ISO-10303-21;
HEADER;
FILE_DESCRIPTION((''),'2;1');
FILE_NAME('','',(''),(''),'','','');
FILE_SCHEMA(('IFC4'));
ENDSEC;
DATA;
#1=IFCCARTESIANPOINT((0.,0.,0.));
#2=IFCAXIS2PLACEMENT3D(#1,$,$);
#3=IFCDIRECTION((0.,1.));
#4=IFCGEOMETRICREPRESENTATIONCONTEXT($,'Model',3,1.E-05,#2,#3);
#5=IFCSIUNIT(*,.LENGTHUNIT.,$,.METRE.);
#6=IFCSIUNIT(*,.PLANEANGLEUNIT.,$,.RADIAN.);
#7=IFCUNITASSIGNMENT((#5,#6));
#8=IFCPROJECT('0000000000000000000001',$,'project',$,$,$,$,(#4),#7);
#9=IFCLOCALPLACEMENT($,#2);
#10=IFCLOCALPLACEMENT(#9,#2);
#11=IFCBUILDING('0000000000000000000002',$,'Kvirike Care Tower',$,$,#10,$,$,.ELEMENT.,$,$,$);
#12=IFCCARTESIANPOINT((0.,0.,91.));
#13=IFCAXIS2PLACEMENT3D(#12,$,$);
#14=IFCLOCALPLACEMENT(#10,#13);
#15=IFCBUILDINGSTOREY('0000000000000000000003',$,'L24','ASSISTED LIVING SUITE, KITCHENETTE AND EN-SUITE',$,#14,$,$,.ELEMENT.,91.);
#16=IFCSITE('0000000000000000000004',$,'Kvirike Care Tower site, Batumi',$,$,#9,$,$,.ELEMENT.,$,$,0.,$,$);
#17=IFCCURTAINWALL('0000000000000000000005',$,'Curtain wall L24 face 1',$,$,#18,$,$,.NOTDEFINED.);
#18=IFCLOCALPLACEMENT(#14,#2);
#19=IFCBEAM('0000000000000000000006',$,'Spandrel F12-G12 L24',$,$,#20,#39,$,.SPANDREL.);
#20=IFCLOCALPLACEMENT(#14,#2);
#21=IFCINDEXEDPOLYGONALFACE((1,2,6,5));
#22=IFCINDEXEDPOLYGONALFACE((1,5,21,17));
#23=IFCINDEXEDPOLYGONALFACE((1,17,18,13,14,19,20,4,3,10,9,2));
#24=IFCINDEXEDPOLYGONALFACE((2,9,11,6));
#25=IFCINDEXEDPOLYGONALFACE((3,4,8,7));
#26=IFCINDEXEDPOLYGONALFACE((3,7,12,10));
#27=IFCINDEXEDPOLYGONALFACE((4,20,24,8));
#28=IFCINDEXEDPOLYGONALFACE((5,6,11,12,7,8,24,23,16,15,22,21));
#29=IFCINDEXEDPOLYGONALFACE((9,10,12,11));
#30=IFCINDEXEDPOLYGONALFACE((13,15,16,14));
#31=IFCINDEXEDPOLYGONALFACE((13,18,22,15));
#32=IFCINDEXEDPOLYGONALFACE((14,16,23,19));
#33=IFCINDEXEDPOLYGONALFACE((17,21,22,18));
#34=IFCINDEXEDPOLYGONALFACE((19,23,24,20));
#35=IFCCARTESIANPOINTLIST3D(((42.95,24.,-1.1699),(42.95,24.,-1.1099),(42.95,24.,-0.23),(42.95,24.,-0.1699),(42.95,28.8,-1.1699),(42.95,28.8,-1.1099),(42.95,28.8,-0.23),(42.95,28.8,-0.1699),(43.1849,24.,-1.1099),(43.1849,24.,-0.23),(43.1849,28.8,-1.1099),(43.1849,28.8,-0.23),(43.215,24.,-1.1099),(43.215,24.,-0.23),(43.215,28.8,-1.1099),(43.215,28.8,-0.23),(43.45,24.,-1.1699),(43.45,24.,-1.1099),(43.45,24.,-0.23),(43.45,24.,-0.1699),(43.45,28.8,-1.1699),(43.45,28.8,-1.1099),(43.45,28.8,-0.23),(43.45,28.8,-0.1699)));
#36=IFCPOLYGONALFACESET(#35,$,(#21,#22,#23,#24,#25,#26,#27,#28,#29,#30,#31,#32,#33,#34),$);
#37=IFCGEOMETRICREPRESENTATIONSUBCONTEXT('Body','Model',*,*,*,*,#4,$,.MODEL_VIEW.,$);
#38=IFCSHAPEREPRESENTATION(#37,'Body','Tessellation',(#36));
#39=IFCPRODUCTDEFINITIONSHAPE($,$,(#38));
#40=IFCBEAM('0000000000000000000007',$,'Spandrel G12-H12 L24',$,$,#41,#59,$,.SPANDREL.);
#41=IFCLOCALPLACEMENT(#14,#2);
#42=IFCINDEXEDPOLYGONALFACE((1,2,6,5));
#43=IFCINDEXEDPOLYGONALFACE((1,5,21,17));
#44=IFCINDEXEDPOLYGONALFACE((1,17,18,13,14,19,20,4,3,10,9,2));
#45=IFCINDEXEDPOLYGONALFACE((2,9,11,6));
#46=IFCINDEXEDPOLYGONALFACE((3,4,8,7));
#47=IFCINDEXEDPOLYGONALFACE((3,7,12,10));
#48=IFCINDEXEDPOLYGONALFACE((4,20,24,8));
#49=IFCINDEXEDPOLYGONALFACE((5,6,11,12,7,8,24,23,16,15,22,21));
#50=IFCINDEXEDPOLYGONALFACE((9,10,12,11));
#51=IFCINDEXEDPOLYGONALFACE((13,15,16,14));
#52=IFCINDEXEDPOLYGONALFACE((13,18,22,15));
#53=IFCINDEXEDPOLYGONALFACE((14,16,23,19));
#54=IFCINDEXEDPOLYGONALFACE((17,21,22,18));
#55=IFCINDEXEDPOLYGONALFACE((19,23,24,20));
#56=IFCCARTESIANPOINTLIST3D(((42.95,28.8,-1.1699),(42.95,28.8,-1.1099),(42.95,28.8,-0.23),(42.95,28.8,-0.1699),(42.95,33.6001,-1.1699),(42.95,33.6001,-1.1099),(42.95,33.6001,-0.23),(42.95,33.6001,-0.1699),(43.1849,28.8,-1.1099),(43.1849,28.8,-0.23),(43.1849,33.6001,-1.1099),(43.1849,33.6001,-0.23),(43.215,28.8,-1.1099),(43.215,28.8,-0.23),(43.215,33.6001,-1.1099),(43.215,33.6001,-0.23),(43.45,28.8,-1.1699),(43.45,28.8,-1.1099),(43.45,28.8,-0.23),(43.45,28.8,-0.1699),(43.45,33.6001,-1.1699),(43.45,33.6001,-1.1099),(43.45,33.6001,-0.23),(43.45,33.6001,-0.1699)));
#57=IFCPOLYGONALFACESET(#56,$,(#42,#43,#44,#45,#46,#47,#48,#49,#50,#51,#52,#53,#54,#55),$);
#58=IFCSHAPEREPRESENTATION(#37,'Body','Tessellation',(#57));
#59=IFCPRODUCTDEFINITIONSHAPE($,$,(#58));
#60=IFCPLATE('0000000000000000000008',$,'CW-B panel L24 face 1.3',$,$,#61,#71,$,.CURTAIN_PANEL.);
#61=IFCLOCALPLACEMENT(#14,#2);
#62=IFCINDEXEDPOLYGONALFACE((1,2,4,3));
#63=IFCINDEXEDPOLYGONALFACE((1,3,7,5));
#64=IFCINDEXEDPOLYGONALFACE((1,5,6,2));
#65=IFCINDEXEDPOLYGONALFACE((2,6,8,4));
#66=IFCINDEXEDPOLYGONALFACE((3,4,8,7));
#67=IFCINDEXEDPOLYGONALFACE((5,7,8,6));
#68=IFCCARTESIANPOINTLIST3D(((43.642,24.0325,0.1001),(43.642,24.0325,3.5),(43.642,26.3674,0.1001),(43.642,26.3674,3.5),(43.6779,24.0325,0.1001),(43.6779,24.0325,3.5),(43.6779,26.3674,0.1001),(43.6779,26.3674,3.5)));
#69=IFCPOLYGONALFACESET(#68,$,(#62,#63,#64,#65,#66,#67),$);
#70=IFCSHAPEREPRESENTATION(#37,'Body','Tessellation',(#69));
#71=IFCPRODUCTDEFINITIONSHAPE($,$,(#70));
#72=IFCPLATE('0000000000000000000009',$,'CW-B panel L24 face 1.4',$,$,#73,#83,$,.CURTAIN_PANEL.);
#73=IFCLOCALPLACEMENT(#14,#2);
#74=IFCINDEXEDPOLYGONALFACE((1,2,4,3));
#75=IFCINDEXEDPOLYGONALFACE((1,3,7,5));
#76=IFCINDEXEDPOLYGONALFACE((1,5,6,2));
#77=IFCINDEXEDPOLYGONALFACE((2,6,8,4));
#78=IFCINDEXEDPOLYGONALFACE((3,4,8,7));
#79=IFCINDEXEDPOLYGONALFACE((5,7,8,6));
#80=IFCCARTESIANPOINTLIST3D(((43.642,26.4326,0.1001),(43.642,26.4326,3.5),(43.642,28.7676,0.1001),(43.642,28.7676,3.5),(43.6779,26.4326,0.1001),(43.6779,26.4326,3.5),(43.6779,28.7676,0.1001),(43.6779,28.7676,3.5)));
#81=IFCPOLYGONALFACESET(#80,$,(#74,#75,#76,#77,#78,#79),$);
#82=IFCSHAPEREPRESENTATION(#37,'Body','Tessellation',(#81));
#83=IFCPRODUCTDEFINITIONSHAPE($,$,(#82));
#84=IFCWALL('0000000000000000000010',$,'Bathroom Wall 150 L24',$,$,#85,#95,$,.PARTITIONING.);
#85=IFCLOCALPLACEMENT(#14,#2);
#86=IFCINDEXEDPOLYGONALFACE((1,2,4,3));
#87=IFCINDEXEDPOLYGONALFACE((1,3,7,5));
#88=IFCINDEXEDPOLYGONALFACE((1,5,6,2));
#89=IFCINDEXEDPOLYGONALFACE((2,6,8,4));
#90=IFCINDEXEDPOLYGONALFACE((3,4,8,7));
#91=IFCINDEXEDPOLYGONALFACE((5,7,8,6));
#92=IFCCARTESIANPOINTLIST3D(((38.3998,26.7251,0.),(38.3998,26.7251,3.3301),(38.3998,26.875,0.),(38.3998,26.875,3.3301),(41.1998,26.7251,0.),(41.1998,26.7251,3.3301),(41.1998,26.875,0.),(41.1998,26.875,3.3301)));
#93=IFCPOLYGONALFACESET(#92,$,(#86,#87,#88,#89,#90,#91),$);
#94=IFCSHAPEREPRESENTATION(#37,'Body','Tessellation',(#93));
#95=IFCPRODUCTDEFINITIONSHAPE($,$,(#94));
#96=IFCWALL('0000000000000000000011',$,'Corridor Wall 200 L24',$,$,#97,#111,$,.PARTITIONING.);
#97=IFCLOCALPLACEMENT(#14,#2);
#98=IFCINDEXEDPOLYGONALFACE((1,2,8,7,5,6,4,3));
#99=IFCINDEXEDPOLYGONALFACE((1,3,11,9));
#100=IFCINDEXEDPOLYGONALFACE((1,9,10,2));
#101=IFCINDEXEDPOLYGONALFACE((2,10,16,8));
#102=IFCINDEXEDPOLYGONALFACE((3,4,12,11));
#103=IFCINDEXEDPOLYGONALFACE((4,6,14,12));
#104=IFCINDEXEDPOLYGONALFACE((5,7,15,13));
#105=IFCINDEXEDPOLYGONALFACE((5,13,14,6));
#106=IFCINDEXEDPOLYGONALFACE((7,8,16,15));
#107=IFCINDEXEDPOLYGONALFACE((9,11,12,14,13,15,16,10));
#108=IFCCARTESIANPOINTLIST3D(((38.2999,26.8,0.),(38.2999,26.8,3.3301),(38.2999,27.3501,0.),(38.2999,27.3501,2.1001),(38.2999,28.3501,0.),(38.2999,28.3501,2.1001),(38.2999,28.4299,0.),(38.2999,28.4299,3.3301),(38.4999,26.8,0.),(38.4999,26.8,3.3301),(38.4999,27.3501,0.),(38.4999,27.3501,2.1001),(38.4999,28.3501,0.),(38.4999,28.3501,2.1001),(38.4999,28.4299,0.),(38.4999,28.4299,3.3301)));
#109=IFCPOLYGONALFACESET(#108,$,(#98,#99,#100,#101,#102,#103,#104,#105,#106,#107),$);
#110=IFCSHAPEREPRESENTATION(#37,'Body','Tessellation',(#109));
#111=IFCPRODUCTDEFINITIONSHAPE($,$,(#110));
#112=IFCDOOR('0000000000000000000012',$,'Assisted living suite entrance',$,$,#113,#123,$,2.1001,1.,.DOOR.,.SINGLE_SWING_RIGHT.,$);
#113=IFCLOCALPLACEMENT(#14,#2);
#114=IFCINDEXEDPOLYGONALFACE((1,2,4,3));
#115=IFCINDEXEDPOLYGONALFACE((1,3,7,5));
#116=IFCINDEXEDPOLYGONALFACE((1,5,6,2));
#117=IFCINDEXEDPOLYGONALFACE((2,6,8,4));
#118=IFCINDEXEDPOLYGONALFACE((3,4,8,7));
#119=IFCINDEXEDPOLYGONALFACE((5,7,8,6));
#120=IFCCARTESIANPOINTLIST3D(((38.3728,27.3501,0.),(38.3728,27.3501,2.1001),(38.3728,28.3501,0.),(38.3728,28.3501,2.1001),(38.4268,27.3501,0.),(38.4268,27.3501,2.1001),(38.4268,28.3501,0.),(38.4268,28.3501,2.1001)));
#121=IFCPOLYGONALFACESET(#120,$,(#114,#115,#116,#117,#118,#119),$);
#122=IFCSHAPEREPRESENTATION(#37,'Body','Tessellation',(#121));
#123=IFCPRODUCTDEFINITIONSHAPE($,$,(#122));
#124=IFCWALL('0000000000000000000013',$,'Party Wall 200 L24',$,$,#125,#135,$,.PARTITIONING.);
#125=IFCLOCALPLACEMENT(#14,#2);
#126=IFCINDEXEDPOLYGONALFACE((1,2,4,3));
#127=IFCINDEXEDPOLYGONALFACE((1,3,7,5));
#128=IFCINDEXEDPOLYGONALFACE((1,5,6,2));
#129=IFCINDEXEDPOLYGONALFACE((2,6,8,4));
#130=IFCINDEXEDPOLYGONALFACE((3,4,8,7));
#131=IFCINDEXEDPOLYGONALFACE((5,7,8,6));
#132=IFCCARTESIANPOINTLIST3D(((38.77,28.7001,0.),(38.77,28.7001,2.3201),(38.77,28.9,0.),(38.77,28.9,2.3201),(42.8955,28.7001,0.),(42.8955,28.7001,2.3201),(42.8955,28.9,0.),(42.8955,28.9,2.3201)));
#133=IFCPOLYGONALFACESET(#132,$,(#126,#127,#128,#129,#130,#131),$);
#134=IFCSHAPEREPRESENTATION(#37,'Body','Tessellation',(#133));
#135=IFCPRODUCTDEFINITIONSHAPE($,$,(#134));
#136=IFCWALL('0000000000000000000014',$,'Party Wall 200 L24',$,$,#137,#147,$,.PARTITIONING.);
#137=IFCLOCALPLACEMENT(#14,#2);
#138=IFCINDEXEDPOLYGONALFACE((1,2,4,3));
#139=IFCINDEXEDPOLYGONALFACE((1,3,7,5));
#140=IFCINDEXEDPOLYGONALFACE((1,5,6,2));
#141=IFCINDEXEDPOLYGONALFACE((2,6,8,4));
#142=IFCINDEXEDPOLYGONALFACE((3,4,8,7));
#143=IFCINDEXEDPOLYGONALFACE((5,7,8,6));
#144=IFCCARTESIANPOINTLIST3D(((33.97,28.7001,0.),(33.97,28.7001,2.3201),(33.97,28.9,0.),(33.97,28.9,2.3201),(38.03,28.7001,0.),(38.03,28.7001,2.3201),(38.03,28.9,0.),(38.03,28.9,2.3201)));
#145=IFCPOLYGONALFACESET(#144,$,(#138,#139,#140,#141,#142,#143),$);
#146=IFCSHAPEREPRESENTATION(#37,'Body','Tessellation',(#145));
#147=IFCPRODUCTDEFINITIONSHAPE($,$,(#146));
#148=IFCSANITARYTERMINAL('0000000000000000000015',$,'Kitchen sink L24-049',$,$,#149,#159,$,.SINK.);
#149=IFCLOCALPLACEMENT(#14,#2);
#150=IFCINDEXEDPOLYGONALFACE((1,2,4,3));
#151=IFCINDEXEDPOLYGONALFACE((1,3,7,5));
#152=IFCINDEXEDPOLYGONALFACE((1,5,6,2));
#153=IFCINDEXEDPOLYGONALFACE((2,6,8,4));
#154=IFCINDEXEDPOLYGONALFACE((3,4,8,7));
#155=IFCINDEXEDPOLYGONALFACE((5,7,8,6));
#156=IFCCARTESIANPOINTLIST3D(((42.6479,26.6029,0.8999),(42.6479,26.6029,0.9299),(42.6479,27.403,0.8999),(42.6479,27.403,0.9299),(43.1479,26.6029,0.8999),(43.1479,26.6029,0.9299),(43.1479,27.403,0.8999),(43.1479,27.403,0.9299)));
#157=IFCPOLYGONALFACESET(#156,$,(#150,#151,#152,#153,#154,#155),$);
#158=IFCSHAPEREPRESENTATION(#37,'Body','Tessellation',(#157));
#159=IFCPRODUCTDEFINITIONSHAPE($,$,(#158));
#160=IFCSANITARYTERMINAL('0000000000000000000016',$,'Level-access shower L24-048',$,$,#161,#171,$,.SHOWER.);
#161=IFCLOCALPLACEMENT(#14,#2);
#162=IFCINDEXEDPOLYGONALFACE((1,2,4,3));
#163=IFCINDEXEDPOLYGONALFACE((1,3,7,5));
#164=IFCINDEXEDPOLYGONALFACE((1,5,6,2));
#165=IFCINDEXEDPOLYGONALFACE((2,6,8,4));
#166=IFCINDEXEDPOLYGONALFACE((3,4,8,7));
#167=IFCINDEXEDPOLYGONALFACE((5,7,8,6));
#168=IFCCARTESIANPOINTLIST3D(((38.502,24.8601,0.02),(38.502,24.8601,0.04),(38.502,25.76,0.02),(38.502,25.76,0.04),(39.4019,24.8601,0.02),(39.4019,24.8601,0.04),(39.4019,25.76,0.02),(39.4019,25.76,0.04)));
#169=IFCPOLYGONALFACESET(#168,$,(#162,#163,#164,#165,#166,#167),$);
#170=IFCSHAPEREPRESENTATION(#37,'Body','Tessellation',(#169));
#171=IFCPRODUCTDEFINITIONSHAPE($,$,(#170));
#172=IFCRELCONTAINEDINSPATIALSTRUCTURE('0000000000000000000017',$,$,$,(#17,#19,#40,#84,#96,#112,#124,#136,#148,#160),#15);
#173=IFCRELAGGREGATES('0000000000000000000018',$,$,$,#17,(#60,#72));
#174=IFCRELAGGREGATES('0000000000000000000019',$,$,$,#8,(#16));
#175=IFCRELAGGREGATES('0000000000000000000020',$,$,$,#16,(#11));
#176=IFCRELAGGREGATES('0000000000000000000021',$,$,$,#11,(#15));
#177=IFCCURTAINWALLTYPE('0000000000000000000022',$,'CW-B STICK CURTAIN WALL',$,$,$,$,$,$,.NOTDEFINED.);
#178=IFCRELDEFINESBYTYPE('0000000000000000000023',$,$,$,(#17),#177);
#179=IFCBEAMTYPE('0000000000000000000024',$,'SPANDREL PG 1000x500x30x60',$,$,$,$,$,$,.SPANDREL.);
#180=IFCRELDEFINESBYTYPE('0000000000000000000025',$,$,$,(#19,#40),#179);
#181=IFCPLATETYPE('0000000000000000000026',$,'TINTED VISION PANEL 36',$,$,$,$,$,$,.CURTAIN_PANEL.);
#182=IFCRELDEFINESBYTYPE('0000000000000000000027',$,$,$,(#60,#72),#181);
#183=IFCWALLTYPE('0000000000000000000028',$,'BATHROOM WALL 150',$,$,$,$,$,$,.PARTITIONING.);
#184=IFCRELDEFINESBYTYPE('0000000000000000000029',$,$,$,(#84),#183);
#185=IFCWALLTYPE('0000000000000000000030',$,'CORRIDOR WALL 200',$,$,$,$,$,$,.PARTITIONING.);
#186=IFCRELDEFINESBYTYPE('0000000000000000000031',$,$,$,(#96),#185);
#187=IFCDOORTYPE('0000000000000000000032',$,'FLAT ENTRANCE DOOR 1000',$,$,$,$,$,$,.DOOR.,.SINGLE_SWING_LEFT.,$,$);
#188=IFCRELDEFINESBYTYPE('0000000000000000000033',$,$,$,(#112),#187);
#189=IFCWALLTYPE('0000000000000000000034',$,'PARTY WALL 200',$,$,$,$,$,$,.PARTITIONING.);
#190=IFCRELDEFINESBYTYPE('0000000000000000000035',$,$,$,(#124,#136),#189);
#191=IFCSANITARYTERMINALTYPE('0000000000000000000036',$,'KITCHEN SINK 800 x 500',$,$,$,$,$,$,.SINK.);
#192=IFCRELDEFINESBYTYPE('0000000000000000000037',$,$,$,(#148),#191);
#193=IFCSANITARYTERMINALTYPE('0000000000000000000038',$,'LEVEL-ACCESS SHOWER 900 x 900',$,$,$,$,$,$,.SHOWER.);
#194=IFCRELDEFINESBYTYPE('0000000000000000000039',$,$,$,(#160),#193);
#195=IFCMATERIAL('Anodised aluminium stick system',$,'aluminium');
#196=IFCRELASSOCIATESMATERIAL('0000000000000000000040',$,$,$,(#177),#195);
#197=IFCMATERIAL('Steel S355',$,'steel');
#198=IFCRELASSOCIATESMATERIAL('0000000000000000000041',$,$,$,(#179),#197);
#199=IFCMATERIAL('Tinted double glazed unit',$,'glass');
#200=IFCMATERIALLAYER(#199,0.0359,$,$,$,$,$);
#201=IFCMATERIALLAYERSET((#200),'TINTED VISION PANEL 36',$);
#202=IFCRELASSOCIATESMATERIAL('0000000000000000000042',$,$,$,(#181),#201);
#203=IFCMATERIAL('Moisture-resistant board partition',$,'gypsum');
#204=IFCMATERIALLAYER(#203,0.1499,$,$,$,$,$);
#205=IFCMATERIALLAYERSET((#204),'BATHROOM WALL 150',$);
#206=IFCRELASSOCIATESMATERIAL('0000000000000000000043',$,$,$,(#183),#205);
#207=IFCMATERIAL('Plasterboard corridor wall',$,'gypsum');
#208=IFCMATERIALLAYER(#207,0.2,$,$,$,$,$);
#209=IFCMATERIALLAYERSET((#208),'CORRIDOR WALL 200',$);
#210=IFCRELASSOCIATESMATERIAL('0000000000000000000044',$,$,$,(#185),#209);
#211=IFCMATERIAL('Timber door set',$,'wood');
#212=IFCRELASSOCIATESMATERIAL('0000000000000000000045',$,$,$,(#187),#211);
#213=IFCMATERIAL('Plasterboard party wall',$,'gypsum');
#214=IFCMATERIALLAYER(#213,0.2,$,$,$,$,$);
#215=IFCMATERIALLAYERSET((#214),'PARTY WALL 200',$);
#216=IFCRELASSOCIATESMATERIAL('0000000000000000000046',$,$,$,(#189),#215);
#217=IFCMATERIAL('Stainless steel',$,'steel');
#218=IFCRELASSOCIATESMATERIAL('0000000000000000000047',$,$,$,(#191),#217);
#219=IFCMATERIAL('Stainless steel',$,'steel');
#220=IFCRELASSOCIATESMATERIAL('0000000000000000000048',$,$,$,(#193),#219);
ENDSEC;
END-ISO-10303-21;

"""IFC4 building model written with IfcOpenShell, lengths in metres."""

from ifc_helpers import new_model, si_unit, direction, frame, frame_2d, origin, origin_2d, place, context, subcontext, project, spatial, rectangle, i_section, extrude, material, layer, layer_set, material_profile, profile_set, type_object, element, fill, aggregate, save


model = new_model("IFC4")

# Units and contexts
model_context = context("Model", 3, precision=1e-05, world=origin(), true_north=direction((0.0, 1.0)))
body_context = subcontext(model_context, "Body", "Model", "MODEL_VIEW")
ifc_project = project(units=[si_unit("LENGTHUNIT", "METRE"), si_unit("PLANEANGLEUNIT", "RADIAN")], contexts=[model_context])

# Site, building, storey
site_placement = place(None, origin())
site = spatial("IfcSite", under=ifc_project, at=site_placement, Name="Kvirike Care Tower site, Batumi", CompositionType="ELEMENT", RefElevation=0.0)
building_placement = place(site_placement, origin())
building = spatial("IfcBuilding", under=site, at=building_placement, Name="Kvirike Care Tower", CompositionType="ELEMENT")
storey_placement = place(building_placement, frame((0.0, 0.0, 91.0)))
storey = spatial("IfcBuildingStorey", under=building, at=storey_placement, Name="L24", Description="ASSISTED LIVING SUITE, KITCHENETTE AND EN-SUITE", CompositionType="ELEMENT", Elevation=91.0)

# Curtain wall
ifc_material_1 = material(Name="Anodised aluminium stick system", Category="aluminium")
curtain_wall_type = type_object("IfcCurtainWallType", Name="CW-B STICK CURTAIN WALL", PredefinedType="NOTDEFINED", material=ifc_material_1)
curtain_wall_placement = place(storey_placement, origin())
curtain_wall = element("IfcCurtainWall", 1, at=curtain_wall_placement, inside=storey, type_object=curtain_wall_type, Name="Curtain wall L24 face 1", PredefinedType="NOTDEFINED")

# Beams
ifc_material_2 = material(Name="Steel S355", Category="steel")
ifc_material_profile_1 = material_profile(ifc_material_2, i_section(OverallWidth=0.5, OverallDepth=1.0, WebThickness=0.03, FlangeThickness=0.0601, at=origin_2d()), Name="PG 1000x500x30x60")
ifc_profile_set_1 = profile_set([ifc_material_profile_1], Name="Steel S355")
beam_type_1 = type_object("IfcBeamType", Name="SPANDREL PG 1000x500x30x60", PredefinedType="SPANDREL", material=ifc_profile_set_1)
for number, where, z_axis, x_axis, name in (
    (2, (43.2, 24.0, -0.6699), (0.0, 1.0, 0.0), (-1.0, 0.0, 0.0), "Spandrel F12-G12 L24"),
    (3, (43.2, 28.8, -0.6699), (0.0, 1.0, 0.0), (-1.0, 0.0, 0.0), "Spandrel G12-H12 L24"),
):
    element("IfcBeam", number, at=place(storey_placement, frame(where, z_axis=z_axis, x_axis=x_axis)), inside=storey, type_object=beam_type_1, Name=name, PredefinedType="SPANDREL", context=body_context, shape_type="SweptSolid", body=[
        extrude(i_section(OverallWidth=0.5, OverallDepth=1.0, WebThickness=0.03, FlangeThickness=0.0601, at=origin_2d()), origin(), (0.0, 0.0, 1.0), 4.8),
    ])

# Plates
ifc_material_3 = material(Name="Tinted double glazed unit", Category="glass")
ifc_layer_1 = layer(ifc_material_3, 0.0359)
ifc_layer_set_1 = layer_set([ifc_layer_1], Name="TINTED VISION PANEL 36")
plate_type = type_object("IfcPlateType", Name="TINTED VISION PANEL 36", PredefinedType="CURTAIN_PANEL", material=ifc_layer_set_1)
plate_1_placement = place(storey_placement, frame((43.6599, 25.2, 0.1001), z_axis=(0.0, 0.0, 1.0), x_axis=(0.0, 1.0, 0.0)))
plate_1 = element("IfcPlate", 4, at=plate_1_placement, type_object=plate_type, Name="CW-B panel L24 face 1.3", PredefinedType="CURTAIN_PANEL", context=body_context, shape_type="SweptSolid", body=[
    extrude(rectangle(XDim=2.335, YDim=0.0359, at=origin_2d()), origin(), (0.0, 0.0, 1.0), 3.3999),
])
plate_2_placement = place(storey_placement, frame((43.6599, 27.6001, 0.1001), z_axis=(0.0, 0.0, 1.0), x_axis=(0.0, 1.0, 0.0)))
plate_2 = element("IfcPlate", 5, at=plate_2_placement, type_object=plate_type, Name="CW-B panel L24 face 1.4", PredefinedType="CURTAIN_PANEL", context=body_context, shape_type="SweptSolid", body=[
    extrude(rectangle(XDim=2.335, YDim=0.0359, at=origin_2d()), origin(), (0.0, 0.0, 1.0), 3.3999),
])
aggregate(curtain_wall, [plate_1, plate_2])

# Wall
ifc_material_4 = material(Name="Moisture-resistant board partition", Category="gypsum")
ifc_layer_2 = layer(ifc_material_4, 0.1499)
ifc_layer_set_2 = layer_set([ifc_layer_2], Name="BATHROOM WALL 150")
wall_type_1 = type_object("IfcWallType", Name="BATHROOM WALL 150", PredefinedType="PARTITIONING", material=ifc_layer_set_2)
wall_1_placement = place(storey_placement, frame((38.3999, 26.8, 0.0), z_axis=(0.0, 0.0, 1.0), x_axis=(1.0, 0.0, 0.0)))
element("IfcWall", 6, at=wall_1_placement, inside=storey, type_object=wall_type_1, Name="Bathroom Wall 150 L24", PredefinedType="PARTITIONING", context=body_context, shape_type="SweptSolid", body=[
    extrude(rectangle(XDim=2.8, YDim=0.1499, at=frame_2d((1.3999, 0.0))), origin(), (0.0, 0.0, 1.0), 3.3301),
])

# Wall, opening, door
ifc_material_5 = material(Name="Plasterboard corridor wall", Category="gypsum")
ifc_layer_3 = layer(ifc_material_5, 0.2)
ifc_layer_set_3 = layer_set([ifc_layer_3], Name="CORRIDOR WALL 200")
wall_type_2 = type_object("IfcWallType", Name="CORRIDOR WALL 200", PredefinedType="PARTITIONING", material=ifc_layer_set_3)
wall_2_placement = place(storey_placement, frame((38.3999, 26.8, 0.0), z_axis=(0.0, 0.0, 1.0), x_axis=(0.0, 1.0, 0.0)))
wall_2 = element("IfcWall", 7, at=wall_2_placement, inside=storey, type_object=wall_type_2, Name="Corridor Wall 200 L24", PredefinedType="PARTITIONING", context=body_context, shape_type="SweptSolid", body=[
    extrude(rectangle(XDim=1.6299, YDim=0.2, at=frame_2d((0.8149, 0.0))), origin(), (0.0, 0.0, 1.0), 3.3301),
])
opening_placement = place(wall_2_placement, frame((0.55, 0.0, 0.0)))
opening = element("IfcOpeningElement", 8, at=opening_placement, cuts=wall_2, PredefinedType="OPENING", context=body_context, shape_type="SweptSolid", body=[
    extrude(rectangle(XDim=1.0, YDim=2.1001, at=frame_2d((0.5, 1.05))), frame((0.0, 0.1106, 0.0), z_axis=(0.0, -1.0, 0.0), x_axis=(1.0, 0.0, 0.0)), (0.0, 0.0, 1.0), 0.2209),
])
ifc_material_6 = material(Name="Timber door set", Category="wood")
door_type = type_object("IfcDoorType", Name="FLAT ENTRANCE DOOR 1000", OperationType="SINGLE_SWING_LEFT", PredefinedType="DOOR", material=ifc_material_6)
door_placement = place(opening_placement, frame((1.0, 0.0, 0.0), z_axis=(0.0, 0.0, 1.0), x_axis=(-1.0, 0.0, 0.0)))
door = element("IfcDoor", 9, at=door_placement, inside=storey, type_object=door_type, Name="Assisted living suite entrance", OperationType="SINGLE_SWING_RIGHT", OverallHeight=2.1001, OverallWidth=1.0, PredefinedType="DOOR", context=body_context, shape_type="SweptSolid", body=[
    extrude(rectangle(XDim=1.0, YDim=2.1001, at=frame_2d((0.5, 1.05))), frame((0.0, 0.0269, 0.0), z_axis=(0.0, -1.0, 0.0), x_axis=(1.0, 0.0, 0.0)), (0.0, 0.0, 1.0), 0.054),
])
fill(opening, door)

# Walls
ifc_material_7 = material(Name="Plasterboard party wall", Category="gypsum")
ifc_layer_4 = layer(ifc_material_7, 0.2)
ifc_layer_set_4 = layer_set([ifc_layer_4], Name="PARTY WALL 200")
wall_type_3 = type_object("IfcWallType", Name="PARTY WALL 200", PredefinedType="PARTITIONING", material=ifc_layer_set_4)
wall_3_placement = place(storey_placement, frame((42.8955, 28.8, 0.0), z_axis=(0.0, 0.0, 1.0), x_axis=(-1.0, 0.0, 0.0)))
element("IfcWall", 10, at=wall_3_placement, inside=storey, type_object=wall_type_3, Name="Party Wall 200 L24", PredefinedType="PARTITIONING", context=body_context, shape_type="SweptSolid", body=[
    extrude(rectangle(XDim=4.1255, YDim=0.2, at=frame_2d((2.0627, 0.0))), origin(), (0.0, 0.0, 1.0), 2.3201),
])
wall_4_placement = place(storey_placement, frame((38.03, 28.8, 0.0), z_axis=(0.0, 0.0, 1.0), x_axis=(-1.0, 0.0, 0.0)))
element("IfcWall", 11, at=wall_4_placement, inside=storey, type_object=wall_type_3, Name="Party Wall 200 L24", PredefinedType="PARTITIONING", context=body_context, shape_type="SweptSolid", body=[
    extrude(rectangle(XDim=4.0601, YDim=0.2, at=frame_2d((2.03, 0.0))), origin(), (0.0, 0.0, 1.0), 2.3201),
])

# Sanitary terminals
ifc_material_8 = material(Name="Stainless steel", Category="steel")
sanitary_terminal_type_1 = type_object("IfcSanitaryTerminalType", Name="KITCHEN SINK 800 x 500", PredefinedType="SINK", material=ifc_material_8)
sanitary_terminal_1_placement = place(storey_placement, frame((42.8979, 27.0029, 0.8999), z_axis=(0.0, 0.0, 1.0), x_axis=(0.0, -1.0, 0.0)))
element("IfcSanitaryTerminal", 12, at=sanitary_terminal_1_placement, inside=storey, type_object=sanitary_terminal_type_1, Name="Kitchen sink L24-049", PredefinedType="SINK", context=body_context, shape_type="SweptSolid", body=[
    extrude(rectangle(XDim=0.8, YDim=0.5, at=origin_2d()), origin(), (0.0, 0.0, 1.0), 0.03),
])
ifc_material_9 = material(Name="Stainless steel", Category="steel")
sanitary_terminal_type_2 = type_object("IfcSanitaryTerminalType", Name="LEVEL-ACCESS SHOWER 900 x 900", PredefinedType="SHOWER", material=ifc_material_9)
sanitary_terminal_2_placement = place(storey_placement, frame((38.9519, 25.3101, 0.02), z_axis=(0.0, 0.0, 1.0), x_axis=(0.0, 1.0, 0.0)))
element("IfcSanitaryTerminal", 13, at=sanitary_terminal_2_placement, inside=storey, type_object=sanitary_terminal_type_2, Name="Level-access shower L24-048", PredefinedType="SHOWER", context=body_context, shape_type="SweptSolid", body=[
    extrude(rectangle(XDim=0.8999, YDim=0.8999, at=origin_2d()), origin(), (0.0, 0.0, 1.0), 0.02),
])

save(model, "model.ifc")
